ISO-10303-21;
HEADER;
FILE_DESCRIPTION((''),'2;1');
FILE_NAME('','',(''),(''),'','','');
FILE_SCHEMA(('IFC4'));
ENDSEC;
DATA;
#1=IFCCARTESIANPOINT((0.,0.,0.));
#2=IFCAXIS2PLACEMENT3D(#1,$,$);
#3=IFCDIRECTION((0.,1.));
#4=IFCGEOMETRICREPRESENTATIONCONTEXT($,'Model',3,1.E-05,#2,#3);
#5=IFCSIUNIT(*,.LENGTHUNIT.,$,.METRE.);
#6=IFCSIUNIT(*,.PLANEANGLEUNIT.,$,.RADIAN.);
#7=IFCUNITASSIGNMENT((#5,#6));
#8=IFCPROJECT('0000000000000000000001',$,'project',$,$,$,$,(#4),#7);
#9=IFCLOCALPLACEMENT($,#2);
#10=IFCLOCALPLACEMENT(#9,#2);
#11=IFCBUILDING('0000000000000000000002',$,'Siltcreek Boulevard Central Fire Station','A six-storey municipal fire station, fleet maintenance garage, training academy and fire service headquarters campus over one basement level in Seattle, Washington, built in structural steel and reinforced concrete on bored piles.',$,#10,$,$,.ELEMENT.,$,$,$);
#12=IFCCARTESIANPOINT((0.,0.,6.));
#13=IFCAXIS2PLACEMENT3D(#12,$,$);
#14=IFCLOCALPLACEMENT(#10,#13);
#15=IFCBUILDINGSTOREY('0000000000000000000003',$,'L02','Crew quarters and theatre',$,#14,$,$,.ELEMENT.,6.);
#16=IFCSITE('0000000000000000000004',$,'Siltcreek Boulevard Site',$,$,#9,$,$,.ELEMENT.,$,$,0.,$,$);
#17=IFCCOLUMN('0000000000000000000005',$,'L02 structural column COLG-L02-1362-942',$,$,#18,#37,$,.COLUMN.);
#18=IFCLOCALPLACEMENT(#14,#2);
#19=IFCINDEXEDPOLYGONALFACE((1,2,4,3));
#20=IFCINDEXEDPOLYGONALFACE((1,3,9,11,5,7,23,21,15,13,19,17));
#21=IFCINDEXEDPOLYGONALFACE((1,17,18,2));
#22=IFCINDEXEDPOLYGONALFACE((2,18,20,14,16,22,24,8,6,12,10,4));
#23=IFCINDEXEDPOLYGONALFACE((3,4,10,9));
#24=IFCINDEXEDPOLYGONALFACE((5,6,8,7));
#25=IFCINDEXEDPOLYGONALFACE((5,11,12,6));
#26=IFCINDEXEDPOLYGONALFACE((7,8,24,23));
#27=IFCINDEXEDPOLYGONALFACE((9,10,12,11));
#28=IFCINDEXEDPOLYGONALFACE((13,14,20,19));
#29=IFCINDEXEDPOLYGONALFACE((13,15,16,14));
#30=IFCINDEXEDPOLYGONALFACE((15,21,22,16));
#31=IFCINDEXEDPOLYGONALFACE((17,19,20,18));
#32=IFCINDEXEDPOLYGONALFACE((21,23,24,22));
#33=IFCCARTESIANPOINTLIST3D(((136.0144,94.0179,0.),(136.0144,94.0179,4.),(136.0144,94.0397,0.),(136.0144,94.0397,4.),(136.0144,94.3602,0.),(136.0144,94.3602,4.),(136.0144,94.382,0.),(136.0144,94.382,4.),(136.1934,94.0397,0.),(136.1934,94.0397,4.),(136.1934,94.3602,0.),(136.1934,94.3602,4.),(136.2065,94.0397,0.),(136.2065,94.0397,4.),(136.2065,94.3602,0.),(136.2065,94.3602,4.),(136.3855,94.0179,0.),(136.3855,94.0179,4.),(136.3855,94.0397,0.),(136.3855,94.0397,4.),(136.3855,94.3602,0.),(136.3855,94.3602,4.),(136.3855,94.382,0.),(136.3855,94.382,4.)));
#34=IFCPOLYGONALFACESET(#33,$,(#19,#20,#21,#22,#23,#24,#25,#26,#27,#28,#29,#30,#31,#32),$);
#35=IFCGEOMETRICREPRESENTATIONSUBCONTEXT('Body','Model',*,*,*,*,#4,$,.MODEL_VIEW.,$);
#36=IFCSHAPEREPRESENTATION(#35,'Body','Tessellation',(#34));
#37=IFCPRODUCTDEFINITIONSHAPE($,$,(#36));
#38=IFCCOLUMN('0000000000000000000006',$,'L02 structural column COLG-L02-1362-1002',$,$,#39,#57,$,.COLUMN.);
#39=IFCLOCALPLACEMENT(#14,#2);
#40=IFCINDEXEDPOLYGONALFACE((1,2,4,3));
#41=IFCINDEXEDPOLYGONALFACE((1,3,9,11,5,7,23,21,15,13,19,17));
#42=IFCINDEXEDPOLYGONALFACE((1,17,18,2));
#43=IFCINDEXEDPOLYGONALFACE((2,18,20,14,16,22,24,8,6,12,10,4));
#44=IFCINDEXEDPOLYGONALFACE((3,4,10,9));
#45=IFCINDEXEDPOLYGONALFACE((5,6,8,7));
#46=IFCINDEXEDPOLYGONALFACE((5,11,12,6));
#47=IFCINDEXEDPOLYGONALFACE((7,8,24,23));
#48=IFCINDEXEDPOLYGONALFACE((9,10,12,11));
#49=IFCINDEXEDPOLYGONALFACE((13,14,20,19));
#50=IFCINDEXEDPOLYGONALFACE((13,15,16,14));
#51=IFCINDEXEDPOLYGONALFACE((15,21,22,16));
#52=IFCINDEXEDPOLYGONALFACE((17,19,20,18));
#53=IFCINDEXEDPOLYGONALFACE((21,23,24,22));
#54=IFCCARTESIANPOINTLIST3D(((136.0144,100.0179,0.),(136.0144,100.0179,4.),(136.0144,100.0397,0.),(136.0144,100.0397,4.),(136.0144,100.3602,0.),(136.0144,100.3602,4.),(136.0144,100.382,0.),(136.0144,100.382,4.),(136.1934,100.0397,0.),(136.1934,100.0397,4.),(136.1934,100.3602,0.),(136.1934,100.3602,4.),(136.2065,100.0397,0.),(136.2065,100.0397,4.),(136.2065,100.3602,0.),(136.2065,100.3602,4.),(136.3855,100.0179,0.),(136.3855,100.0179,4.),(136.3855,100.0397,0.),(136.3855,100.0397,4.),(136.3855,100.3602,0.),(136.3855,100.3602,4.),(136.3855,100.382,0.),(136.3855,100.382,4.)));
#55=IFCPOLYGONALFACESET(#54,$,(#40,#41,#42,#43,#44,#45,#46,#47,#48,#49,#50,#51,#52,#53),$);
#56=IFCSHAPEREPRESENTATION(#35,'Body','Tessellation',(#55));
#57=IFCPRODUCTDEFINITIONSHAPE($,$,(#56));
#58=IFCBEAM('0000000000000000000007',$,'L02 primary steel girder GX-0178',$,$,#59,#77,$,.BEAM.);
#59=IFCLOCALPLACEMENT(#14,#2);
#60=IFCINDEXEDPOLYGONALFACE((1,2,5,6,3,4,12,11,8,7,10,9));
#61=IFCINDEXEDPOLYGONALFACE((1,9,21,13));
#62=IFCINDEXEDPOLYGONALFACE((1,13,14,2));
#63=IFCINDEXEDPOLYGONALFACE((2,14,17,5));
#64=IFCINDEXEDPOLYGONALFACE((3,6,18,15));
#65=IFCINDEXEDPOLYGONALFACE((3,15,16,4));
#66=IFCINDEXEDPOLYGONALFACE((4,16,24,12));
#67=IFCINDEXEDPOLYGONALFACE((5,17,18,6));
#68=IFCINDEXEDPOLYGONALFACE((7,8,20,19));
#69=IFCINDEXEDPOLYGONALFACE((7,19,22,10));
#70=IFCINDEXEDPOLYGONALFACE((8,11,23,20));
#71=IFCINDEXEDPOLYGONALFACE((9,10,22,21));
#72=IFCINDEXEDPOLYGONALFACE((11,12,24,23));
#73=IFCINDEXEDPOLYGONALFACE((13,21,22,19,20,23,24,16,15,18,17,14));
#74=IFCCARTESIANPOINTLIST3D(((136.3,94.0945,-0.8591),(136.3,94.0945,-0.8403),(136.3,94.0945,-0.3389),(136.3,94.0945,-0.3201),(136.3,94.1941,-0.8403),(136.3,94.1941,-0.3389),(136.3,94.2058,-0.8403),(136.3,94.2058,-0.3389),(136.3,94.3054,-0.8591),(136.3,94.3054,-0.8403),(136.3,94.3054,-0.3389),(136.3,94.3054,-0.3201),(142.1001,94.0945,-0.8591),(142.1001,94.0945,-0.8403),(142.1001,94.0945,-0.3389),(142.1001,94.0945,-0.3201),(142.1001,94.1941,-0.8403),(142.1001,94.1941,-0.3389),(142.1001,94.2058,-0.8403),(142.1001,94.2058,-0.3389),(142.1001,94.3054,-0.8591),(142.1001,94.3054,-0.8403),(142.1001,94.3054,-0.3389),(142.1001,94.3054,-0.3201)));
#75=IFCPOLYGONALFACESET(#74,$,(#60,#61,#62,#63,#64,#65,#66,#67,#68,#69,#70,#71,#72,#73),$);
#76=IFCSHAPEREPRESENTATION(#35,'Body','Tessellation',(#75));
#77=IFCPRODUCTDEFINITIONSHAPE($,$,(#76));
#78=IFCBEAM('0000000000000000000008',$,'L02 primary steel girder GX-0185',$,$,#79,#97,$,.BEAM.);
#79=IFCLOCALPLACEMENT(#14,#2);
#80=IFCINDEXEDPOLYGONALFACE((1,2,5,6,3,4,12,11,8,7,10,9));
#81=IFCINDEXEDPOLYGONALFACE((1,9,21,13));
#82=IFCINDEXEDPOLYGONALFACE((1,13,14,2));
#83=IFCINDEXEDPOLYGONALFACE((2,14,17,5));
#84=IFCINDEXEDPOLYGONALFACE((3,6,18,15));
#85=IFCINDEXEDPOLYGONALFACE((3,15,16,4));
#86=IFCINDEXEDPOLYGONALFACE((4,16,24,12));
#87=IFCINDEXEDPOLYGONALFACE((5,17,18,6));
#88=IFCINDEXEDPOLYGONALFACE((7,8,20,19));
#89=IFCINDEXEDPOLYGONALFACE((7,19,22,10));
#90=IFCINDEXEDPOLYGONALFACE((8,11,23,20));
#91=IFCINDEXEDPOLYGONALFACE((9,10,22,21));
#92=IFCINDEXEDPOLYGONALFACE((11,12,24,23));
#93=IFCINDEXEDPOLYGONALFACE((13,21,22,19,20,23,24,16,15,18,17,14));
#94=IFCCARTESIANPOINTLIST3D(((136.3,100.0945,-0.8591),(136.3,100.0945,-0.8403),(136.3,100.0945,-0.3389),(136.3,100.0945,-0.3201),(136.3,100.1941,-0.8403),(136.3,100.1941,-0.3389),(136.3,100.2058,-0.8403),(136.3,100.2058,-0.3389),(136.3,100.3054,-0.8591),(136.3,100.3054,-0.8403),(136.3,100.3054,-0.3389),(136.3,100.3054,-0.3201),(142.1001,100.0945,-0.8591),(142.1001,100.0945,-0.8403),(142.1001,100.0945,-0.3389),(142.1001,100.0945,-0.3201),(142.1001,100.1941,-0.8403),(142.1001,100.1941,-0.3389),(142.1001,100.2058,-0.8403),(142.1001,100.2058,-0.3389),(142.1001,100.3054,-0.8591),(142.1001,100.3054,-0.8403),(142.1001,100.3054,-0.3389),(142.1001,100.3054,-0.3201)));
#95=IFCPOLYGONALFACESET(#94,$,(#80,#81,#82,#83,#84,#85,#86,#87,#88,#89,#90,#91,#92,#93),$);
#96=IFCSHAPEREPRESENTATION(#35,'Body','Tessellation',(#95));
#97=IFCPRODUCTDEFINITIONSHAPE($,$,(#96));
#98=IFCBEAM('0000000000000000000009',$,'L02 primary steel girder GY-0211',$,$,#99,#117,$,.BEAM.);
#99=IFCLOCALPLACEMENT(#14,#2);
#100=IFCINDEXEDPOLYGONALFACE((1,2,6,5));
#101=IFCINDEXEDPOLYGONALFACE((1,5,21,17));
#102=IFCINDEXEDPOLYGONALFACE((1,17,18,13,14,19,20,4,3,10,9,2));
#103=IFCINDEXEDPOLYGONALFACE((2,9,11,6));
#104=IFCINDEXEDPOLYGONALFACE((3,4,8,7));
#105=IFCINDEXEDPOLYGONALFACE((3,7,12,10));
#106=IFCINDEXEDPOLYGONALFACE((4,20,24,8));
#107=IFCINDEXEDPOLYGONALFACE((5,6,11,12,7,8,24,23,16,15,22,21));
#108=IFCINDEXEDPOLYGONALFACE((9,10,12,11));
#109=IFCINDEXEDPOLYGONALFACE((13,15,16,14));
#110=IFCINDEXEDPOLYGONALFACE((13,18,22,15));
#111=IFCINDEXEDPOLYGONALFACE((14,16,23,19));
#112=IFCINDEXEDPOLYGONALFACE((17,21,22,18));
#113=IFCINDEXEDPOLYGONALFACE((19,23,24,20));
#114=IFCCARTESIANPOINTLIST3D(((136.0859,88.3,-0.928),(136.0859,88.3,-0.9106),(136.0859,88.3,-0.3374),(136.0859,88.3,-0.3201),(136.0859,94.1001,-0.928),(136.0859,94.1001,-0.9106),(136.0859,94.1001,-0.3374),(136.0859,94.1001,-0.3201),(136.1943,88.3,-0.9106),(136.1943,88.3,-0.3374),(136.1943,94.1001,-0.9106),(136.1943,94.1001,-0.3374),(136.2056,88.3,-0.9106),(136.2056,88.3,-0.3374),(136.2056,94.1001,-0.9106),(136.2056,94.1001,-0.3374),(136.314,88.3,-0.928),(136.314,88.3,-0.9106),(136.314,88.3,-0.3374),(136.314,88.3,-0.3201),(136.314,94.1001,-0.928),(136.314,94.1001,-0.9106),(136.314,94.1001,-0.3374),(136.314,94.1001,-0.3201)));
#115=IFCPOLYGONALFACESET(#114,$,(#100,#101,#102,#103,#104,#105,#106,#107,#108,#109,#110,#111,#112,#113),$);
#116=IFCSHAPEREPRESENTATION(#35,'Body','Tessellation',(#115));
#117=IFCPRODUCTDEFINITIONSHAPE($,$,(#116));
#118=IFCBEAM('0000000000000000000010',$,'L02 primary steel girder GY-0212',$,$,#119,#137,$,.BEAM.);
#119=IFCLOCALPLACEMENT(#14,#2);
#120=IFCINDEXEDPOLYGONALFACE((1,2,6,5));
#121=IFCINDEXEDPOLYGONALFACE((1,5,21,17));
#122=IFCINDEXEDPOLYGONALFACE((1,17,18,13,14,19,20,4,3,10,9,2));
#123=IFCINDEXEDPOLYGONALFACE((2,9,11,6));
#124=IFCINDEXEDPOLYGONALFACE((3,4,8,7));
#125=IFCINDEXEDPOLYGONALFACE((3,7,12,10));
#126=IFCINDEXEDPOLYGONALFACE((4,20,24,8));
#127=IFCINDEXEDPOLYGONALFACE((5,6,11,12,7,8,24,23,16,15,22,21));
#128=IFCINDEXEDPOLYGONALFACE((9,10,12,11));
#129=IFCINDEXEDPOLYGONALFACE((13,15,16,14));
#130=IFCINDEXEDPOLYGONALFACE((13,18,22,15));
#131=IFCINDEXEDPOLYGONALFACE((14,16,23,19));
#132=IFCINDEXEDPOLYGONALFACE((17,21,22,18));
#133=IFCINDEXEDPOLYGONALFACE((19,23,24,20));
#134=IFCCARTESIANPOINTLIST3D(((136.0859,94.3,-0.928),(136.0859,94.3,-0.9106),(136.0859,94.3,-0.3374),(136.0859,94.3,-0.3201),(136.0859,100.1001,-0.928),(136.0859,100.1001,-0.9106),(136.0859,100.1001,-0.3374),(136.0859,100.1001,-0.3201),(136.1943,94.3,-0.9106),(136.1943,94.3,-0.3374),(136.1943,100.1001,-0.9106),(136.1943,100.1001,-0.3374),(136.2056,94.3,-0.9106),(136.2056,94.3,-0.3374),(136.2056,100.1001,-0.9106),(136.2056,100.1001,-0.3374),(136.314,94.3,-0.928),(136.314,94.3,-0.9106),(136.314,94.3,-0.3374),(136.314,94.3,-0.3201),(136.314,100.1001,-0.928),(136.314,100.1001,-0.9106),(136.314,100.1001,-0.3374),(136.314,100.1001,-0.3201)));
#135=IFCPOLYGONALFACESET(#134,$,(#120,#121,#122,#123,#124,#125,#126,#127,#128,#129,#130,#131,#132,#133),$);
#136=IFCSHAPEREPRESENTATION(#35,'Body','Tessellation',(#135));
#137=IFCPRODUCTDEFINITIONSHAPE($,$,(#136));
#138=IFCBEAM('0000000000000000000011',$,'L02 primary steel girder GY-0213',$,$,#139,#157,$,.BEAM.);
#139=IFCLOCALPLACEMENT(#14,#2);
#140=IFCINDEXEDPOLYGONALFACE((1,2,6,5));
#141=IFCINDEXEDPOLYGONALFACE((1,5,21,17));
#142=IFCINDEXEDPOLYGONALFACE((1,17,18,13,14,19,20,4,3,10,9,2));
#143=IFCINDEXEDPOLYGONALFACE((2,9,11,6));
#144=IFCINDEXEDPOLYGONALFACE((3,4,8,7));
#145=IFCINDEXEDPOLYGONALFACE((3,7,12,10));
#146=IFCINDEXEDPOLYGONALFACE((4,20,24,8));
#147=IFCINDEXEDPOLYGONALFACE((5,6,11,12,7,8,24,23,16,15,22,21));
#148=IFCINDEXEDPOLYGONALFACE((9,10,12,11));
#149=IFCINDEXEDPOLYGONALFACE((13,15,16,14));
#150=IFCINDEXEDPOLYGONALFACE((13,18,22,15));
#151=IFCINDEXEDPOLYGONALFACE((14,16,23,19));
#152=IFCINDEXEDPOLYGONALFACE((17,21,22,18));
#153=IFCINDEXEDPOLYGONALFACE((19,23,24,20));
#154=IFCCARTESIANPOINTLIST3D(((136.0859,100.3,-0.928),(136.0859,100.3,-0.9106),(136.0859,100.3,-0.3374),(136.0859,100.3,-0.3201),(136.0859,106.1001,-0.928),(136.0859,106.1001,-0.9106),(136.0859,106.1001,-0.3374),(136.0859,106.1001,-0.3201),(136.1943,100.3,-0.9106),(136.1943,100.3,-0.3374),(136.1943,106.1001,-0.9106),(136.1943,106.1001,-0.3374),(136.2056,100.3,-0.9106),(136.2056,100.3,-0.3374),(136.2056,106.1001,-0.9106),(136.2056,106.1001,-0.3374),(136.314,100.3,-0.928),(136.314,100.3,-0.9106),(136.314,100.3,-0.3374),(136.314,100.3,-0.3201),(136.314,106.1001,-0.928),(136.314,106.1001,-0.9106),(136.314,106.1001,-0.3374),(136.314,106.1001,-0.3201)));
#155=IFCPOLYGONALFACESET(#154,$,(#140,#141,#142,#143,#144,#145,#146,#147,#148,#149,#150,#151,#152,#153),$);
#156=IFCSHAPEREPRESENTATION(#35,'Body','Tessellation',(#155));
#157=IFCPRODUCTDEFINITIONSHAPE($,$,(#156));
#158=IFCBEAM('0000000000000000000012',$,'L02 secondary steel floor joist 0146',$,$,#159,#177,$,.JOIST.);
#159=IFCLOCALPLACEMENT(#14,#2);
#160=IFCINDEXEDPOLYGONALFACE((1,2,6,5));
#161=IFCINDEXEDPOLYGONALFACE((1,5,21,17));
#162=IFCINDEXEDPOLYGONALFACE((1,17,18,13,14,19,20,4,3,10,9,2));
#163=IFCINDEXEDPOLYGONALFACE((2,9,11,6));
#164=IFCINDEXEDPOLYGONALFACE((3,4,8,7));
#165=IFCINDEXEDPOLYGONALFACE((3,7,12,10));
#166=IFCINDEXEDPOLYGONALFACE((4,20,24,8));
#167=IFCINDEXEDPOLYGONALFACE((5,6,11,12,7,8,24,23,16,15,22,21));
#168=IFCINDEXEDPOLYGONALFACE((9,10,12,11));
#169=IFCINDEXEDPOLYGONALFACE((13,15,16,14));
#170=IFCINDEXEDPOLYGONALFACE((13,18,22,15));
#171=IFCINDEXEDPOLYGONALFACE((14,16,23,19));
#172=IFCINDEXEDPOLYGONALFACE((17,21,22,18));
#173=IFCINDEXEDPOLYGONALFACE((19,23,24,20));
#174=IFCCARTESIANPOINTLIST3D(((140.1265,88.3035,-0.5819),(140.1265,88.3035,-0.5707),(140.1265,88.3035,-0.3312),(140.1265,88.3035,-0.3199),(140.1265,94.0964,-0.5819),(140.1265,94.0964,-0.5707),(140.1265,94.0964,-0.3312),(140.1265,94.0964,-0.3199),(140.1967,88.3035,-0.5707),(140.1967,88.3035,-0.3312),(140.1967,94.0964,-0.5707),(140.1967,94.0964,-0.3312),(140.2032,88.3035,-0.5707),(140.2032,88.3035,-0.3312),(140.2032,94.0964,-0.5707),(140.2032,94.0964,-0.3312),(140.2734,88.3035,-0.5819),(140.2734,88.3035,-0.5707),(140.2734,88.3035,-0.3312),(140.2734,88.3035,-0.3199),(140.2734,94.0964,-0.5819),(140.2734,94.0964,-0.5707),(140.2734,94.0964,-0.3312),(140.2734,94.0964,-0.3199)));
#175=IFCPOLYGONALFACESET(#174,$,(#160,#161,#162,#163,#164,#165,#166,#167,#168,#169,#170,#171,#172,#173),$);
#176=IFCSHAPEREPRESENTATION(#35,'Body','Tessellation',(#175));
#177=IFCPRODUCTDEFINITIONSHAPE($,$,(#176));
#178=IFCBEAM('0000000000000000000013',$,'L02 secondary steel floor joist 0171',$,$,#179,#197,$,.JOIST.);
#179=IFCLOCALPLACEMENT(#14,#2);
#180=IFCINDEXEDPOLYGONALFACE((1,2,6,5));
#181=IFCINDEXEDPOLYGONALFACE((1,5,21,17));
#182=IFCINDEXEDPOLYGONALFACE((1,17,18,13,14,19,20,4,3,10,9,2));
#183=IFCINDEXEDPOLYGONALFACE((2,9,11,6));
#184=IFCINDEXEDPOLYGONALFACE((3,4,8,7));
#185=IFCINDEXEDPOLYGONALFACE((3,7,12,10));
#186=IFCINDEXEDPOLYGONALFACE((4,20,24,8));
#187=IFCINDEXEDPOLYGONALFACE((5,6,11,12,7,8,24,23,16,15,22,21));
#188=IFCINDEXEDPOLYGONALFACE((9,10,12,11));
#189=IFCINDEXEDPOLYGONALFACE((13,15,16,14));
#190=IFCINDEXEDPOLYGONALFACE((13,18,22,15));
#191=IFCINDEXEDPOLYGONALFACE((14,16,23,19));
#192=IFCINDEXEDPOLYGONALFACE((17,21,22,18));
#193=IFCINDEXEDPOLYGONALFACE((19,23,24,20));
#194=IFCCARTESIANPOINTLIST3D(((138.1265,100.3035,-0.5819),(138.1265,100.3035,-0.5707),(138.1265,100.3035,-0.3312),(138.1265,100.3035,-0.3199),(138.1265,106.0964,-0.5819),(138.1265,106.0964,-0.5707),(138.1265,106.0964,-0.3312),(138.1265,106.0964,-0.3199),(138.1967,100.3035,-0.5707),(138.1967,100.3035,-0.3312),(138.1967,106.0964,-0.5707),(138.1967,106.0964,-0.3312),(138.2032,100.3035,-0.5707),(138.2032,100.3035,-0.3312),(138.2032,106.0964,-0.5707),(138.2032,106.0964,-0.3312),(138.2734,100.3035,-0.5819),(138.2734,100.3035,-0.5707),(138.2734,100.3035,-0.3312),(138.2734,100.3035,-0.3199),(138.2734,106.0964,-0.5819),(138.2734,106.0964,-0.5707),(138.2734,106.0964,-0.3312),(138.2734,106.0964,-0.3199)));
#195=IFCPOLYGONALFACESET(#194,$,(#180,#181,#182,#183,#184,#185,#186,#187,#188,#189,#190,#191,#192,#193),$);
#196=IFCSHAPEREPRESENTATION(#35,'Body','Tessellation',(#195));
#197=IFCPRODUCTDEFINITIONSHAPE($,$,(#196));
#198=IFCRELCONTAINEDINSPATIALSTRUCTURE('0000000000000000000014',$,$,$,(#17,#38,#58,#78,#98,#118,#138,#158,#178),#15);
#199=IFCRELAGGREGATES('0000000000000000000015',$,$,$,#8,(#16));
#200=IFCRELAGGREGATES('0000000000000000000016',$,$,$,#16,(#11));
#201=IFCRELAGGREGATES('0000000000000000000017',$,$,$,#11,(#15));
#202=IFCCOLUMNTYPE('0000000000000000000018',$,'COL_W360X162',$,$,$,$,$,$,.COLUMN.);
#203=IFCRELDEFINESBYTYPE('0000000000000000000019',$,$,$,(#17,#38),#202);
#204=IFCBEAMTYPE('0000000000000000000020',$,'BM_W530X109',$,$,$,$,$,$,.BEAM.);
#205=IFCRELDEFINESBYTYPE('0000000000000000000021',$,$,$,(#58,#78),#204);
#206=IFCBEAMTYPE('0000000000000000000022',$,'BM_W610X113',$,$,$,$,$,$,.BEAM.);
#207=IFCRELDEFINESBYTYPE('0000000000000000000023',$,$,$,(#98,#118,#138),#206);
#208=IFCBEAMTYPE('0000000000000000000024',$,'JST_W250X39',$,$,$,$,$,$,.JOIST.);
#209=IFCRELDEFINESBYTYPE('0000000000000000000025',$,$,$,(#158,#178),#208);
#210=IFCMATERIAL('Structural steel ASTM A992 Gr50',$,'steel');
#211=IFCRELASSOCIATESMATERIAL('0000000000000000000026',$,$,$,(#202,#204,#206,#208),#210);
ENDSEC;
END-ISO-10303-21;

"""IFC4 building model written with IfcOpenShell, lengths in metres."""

from ifc_helpers import new_model, si_unit, direction, frame, origin, origin_2d, place, context, subcontext, project, spatial, i_section, extrude, material, material_profile, profile_set, type_object, element, save


model = new_model("IFC4")

# Units and contexts
model_context = context("Model", 3, precision=1e-05, world=origin(), true_north=direction((0.0, 1.0)))
body_context = subcontext(model_context, "Body", "Model", "MODEL_VIEW")
ifc_project = project(units=[si_unit("LENGTHUNIT", "METRE"), si_unit("PLANEANGLEUNIT", "RADIAN")], contexts=[model_context])

# Site, building, storey
site_placement = place(None, origin())
site = spatial("IfcSite", under=ifc_project, at=site_placement, Name="Siltcreek Boulevard Site", CompositionType="ELEMENT", RefElevation=0.0)
building_placement = place(site_placement, origin())
building = spatial("IfcBuilding", under=site, at=building_placement, Name="Siltcreek Boulevard Central Fire Station", Description="A six-storey municipal fire station, fleet maintenance garage, training academy and fire service headquarters campus over one basement level in Seattle, Washington, built in structural steel and reinforced concrete on bored piles.", CompositionType="ELEMENT")
storey_placement = place(building_placement, frame((0.0, 0.0, 6.0)))
storey = spatial("IfcBuildingStorey", under=building, at=storey_placement, Name="L02", Description="Crew quarters and theatre", CompositionType="ELEMENT", Elevation=6.0)

# Columns
ifc_material_1 = material(Name="Structural steel ASTM A992 Gr50", Category="steel")
ifc_material_profile_1 = material_profile(ifc_material_1, i_section(OverallWidth=0.3711, OverallDepth=0.364, WebThickness=0.0132, FlangeThickness=0.0217, at=origin_2d()), Name="W360X162")
ifc_profile_set_1 = profile_set([ifc_material_profile_1], Name="Structural steel ASTM A992 Gr50")
column_type = type_object("IfcColumnType", Name="COL_W360X162", PredefinedType="COLUMN", material=ifc_profile_set_1)
for number, where, z_axis, x_axis, name in (
    (1, (136.2, 94.2, 0.0), (0.0, 0.0, 1.0), (1.0, 0.0, 0.0), "L02 structural column COLG-L02-1362-942"),
    (2, (136.2, 100.2, 0.0), (0.0, 0.0, 1.0), (1.0, 0.0, 0.0), "L02 structural column COLG-L02-1362-1002"),
):
    element("IfcColumn", number, at=place(storey_placement, frame(where, z_axis=z_axis, x_axis=x_axis)), inside=storey, type_object=column_type, Name=name, PredefinedType="COLUMN", context=body_context, shape_type="SweptSolid", body=[
        extrude(i_section(OverallWidth=0.3711, OverallDepth=0.364, WebThickness=0.0132, FlangeThickness=0.0217, at=origin_2d()), origin(), (0.0, 0.0, 1.0), 4.0),
    ])

# Beams
ifc_material_profile_2 = material_profile(ifc_material_1, i_section(OverallWidth=0.2109, OverallDepth=0.5391, WebThickness=0.0117, FlangeThickness=0.0188, at=origin_2d()), Name="W530X109")
ifc_profile_set_2 = profile_set([ifc_material_profile_2], Name="Structural steel ASTM A992 Gr50")
beam_type_1 = type_object("IfcBeamType", Name="BM_W530X109", PredefinedType="BEAM", material=ifc_profile_set_2)
for number, where, z_axis, x_axis, name in (
    (3, (136.3, 94.2, -0.5896), (1.0, 0.0, 0.0), (0.0, 1.0, 0.0), "L02 primary steel girder GX-0178"),
    (4, (136.3, 100.2, -0.5896), (1.0, 0.0, 0.0), (0.0, 1.0, 0.0), "L02 primary steel girder GX-0185"),
):
    element("IfcBeam", number, at=place(storey_placement, frame(where, z_axis=z_axis, x_axis=x_axis)), inside=storey, type_object=beam_type_1, Name=name, PredefinedType="BEAM", context=body_context, shape_type="SweptSolid", body=[
        extrude(i_section(OverallWidth=0.2109, OverallDepth=0.5391, WebThickness=0.0117, FlangeThickness=0.0188, at=origin_2d()), origin(), (0.0, 0.0, 1.0), 5.8),
    ])
ifc_material_profile_3 = material_profile(ifc_material_1, i_section(OverallWidth=0.228, OverallDepth=0.6079, WebThickness=0.0112, FlangeThickness=0.0173, at=origin_2d()), Name="W610X113")
ifc_profile_set_3 = profile_set([ifc_material_profile_3], Name="Structural steel ASTM A992 Gr50")
beam_type_2 = type_object("IfcBeamType", Name="BM_W610X113", PredefinedType="BEAM", material=ifc_profile_set_3)
for number, where, z_axis, x_axis, name in (
    (5, (136.2, 88.3, -0.624), (0.0, 1.0, 0.0), (-1.0, 0.0, 0.0), "L02 primary steel girder GY-0211"),
    (6, (136.2, 94.3, -0.624), (0.0, 1.0, 0.0), (-1.0, 0.0, 0.0), "L02 primary steel girder GY-0212"),
    (7, (136.2, 100.3, -0.624), (0.0, 1.0, 0.0), (-1.0, 0.0, 0.0), "L02 primary steel girder GY-0213"),
):
    element("IfcBeam", number, at=place(storey_placement, frame(where, z_axis=z_axis, x_axis=x_axis)), inside=storey, type_object=beam_type_2, Name=name, PredefinedType="BEAM", context=body_context, shape_type="SweptSolid", body=[
        extrude(i_section(OverallWidth=0.228, OverallDepth=0.6079, WebThickness=0.0112, FlangeThickness=0.0173, at=origin_2d()), origin(), (0.0, 0.0, 1.0), 5.8),
    ])
ifc_material_profile_4 = material_profile(ifc_material_1, i_section(OverallWidth=0.147, OverallDepth=0.262, WebThickness=0.0066, FlangeThickness=0.0112, at=origin_2d()), Name="W250X39")
ifc_profile_set_4 = profile_set([ifc_material_profile_4], Name="Structural steel ASTM A992 Gr50")
beam_type_3 = type_object("IfcBeamType", Name="JST_W250X39", PredefinedType="JOIST", material=ifc_profile_set_4)
for number, where, z_axis, x_axis, name in (
    (8, (140.2, 88.3035, -0.4509), (0.0, 1.0, 0.0), (-1.0, 0.0, 0.0), "L02 secondary steel floor joist 0146"),
    (9, (138.2, 100.3035, -0.4509), (0.0, 1.0, 0.0), (-1.0, 0.0, 0.0), "L02 secondary steel floor joist 0171"),
):
    element("IfcBeam", number, at=place(storey_placement, frame(where, z_axis=z_axis, x_axis=x_axis)), inside=storey, type_object=beam_type_3, Name=name, PredefinedType="JOIST", context=body_context, shape_type="SweptSolid", body=[
        extrude(i_section(OverallWidth=0.147, OverallDepth=0.262, WebThickness=0.0066, FlangeThickness=0.0112, at=origin_2d()), origin(), (0.0, 0.0, 1.0), 5.793),
    ])

save(model, "model.ifc")
